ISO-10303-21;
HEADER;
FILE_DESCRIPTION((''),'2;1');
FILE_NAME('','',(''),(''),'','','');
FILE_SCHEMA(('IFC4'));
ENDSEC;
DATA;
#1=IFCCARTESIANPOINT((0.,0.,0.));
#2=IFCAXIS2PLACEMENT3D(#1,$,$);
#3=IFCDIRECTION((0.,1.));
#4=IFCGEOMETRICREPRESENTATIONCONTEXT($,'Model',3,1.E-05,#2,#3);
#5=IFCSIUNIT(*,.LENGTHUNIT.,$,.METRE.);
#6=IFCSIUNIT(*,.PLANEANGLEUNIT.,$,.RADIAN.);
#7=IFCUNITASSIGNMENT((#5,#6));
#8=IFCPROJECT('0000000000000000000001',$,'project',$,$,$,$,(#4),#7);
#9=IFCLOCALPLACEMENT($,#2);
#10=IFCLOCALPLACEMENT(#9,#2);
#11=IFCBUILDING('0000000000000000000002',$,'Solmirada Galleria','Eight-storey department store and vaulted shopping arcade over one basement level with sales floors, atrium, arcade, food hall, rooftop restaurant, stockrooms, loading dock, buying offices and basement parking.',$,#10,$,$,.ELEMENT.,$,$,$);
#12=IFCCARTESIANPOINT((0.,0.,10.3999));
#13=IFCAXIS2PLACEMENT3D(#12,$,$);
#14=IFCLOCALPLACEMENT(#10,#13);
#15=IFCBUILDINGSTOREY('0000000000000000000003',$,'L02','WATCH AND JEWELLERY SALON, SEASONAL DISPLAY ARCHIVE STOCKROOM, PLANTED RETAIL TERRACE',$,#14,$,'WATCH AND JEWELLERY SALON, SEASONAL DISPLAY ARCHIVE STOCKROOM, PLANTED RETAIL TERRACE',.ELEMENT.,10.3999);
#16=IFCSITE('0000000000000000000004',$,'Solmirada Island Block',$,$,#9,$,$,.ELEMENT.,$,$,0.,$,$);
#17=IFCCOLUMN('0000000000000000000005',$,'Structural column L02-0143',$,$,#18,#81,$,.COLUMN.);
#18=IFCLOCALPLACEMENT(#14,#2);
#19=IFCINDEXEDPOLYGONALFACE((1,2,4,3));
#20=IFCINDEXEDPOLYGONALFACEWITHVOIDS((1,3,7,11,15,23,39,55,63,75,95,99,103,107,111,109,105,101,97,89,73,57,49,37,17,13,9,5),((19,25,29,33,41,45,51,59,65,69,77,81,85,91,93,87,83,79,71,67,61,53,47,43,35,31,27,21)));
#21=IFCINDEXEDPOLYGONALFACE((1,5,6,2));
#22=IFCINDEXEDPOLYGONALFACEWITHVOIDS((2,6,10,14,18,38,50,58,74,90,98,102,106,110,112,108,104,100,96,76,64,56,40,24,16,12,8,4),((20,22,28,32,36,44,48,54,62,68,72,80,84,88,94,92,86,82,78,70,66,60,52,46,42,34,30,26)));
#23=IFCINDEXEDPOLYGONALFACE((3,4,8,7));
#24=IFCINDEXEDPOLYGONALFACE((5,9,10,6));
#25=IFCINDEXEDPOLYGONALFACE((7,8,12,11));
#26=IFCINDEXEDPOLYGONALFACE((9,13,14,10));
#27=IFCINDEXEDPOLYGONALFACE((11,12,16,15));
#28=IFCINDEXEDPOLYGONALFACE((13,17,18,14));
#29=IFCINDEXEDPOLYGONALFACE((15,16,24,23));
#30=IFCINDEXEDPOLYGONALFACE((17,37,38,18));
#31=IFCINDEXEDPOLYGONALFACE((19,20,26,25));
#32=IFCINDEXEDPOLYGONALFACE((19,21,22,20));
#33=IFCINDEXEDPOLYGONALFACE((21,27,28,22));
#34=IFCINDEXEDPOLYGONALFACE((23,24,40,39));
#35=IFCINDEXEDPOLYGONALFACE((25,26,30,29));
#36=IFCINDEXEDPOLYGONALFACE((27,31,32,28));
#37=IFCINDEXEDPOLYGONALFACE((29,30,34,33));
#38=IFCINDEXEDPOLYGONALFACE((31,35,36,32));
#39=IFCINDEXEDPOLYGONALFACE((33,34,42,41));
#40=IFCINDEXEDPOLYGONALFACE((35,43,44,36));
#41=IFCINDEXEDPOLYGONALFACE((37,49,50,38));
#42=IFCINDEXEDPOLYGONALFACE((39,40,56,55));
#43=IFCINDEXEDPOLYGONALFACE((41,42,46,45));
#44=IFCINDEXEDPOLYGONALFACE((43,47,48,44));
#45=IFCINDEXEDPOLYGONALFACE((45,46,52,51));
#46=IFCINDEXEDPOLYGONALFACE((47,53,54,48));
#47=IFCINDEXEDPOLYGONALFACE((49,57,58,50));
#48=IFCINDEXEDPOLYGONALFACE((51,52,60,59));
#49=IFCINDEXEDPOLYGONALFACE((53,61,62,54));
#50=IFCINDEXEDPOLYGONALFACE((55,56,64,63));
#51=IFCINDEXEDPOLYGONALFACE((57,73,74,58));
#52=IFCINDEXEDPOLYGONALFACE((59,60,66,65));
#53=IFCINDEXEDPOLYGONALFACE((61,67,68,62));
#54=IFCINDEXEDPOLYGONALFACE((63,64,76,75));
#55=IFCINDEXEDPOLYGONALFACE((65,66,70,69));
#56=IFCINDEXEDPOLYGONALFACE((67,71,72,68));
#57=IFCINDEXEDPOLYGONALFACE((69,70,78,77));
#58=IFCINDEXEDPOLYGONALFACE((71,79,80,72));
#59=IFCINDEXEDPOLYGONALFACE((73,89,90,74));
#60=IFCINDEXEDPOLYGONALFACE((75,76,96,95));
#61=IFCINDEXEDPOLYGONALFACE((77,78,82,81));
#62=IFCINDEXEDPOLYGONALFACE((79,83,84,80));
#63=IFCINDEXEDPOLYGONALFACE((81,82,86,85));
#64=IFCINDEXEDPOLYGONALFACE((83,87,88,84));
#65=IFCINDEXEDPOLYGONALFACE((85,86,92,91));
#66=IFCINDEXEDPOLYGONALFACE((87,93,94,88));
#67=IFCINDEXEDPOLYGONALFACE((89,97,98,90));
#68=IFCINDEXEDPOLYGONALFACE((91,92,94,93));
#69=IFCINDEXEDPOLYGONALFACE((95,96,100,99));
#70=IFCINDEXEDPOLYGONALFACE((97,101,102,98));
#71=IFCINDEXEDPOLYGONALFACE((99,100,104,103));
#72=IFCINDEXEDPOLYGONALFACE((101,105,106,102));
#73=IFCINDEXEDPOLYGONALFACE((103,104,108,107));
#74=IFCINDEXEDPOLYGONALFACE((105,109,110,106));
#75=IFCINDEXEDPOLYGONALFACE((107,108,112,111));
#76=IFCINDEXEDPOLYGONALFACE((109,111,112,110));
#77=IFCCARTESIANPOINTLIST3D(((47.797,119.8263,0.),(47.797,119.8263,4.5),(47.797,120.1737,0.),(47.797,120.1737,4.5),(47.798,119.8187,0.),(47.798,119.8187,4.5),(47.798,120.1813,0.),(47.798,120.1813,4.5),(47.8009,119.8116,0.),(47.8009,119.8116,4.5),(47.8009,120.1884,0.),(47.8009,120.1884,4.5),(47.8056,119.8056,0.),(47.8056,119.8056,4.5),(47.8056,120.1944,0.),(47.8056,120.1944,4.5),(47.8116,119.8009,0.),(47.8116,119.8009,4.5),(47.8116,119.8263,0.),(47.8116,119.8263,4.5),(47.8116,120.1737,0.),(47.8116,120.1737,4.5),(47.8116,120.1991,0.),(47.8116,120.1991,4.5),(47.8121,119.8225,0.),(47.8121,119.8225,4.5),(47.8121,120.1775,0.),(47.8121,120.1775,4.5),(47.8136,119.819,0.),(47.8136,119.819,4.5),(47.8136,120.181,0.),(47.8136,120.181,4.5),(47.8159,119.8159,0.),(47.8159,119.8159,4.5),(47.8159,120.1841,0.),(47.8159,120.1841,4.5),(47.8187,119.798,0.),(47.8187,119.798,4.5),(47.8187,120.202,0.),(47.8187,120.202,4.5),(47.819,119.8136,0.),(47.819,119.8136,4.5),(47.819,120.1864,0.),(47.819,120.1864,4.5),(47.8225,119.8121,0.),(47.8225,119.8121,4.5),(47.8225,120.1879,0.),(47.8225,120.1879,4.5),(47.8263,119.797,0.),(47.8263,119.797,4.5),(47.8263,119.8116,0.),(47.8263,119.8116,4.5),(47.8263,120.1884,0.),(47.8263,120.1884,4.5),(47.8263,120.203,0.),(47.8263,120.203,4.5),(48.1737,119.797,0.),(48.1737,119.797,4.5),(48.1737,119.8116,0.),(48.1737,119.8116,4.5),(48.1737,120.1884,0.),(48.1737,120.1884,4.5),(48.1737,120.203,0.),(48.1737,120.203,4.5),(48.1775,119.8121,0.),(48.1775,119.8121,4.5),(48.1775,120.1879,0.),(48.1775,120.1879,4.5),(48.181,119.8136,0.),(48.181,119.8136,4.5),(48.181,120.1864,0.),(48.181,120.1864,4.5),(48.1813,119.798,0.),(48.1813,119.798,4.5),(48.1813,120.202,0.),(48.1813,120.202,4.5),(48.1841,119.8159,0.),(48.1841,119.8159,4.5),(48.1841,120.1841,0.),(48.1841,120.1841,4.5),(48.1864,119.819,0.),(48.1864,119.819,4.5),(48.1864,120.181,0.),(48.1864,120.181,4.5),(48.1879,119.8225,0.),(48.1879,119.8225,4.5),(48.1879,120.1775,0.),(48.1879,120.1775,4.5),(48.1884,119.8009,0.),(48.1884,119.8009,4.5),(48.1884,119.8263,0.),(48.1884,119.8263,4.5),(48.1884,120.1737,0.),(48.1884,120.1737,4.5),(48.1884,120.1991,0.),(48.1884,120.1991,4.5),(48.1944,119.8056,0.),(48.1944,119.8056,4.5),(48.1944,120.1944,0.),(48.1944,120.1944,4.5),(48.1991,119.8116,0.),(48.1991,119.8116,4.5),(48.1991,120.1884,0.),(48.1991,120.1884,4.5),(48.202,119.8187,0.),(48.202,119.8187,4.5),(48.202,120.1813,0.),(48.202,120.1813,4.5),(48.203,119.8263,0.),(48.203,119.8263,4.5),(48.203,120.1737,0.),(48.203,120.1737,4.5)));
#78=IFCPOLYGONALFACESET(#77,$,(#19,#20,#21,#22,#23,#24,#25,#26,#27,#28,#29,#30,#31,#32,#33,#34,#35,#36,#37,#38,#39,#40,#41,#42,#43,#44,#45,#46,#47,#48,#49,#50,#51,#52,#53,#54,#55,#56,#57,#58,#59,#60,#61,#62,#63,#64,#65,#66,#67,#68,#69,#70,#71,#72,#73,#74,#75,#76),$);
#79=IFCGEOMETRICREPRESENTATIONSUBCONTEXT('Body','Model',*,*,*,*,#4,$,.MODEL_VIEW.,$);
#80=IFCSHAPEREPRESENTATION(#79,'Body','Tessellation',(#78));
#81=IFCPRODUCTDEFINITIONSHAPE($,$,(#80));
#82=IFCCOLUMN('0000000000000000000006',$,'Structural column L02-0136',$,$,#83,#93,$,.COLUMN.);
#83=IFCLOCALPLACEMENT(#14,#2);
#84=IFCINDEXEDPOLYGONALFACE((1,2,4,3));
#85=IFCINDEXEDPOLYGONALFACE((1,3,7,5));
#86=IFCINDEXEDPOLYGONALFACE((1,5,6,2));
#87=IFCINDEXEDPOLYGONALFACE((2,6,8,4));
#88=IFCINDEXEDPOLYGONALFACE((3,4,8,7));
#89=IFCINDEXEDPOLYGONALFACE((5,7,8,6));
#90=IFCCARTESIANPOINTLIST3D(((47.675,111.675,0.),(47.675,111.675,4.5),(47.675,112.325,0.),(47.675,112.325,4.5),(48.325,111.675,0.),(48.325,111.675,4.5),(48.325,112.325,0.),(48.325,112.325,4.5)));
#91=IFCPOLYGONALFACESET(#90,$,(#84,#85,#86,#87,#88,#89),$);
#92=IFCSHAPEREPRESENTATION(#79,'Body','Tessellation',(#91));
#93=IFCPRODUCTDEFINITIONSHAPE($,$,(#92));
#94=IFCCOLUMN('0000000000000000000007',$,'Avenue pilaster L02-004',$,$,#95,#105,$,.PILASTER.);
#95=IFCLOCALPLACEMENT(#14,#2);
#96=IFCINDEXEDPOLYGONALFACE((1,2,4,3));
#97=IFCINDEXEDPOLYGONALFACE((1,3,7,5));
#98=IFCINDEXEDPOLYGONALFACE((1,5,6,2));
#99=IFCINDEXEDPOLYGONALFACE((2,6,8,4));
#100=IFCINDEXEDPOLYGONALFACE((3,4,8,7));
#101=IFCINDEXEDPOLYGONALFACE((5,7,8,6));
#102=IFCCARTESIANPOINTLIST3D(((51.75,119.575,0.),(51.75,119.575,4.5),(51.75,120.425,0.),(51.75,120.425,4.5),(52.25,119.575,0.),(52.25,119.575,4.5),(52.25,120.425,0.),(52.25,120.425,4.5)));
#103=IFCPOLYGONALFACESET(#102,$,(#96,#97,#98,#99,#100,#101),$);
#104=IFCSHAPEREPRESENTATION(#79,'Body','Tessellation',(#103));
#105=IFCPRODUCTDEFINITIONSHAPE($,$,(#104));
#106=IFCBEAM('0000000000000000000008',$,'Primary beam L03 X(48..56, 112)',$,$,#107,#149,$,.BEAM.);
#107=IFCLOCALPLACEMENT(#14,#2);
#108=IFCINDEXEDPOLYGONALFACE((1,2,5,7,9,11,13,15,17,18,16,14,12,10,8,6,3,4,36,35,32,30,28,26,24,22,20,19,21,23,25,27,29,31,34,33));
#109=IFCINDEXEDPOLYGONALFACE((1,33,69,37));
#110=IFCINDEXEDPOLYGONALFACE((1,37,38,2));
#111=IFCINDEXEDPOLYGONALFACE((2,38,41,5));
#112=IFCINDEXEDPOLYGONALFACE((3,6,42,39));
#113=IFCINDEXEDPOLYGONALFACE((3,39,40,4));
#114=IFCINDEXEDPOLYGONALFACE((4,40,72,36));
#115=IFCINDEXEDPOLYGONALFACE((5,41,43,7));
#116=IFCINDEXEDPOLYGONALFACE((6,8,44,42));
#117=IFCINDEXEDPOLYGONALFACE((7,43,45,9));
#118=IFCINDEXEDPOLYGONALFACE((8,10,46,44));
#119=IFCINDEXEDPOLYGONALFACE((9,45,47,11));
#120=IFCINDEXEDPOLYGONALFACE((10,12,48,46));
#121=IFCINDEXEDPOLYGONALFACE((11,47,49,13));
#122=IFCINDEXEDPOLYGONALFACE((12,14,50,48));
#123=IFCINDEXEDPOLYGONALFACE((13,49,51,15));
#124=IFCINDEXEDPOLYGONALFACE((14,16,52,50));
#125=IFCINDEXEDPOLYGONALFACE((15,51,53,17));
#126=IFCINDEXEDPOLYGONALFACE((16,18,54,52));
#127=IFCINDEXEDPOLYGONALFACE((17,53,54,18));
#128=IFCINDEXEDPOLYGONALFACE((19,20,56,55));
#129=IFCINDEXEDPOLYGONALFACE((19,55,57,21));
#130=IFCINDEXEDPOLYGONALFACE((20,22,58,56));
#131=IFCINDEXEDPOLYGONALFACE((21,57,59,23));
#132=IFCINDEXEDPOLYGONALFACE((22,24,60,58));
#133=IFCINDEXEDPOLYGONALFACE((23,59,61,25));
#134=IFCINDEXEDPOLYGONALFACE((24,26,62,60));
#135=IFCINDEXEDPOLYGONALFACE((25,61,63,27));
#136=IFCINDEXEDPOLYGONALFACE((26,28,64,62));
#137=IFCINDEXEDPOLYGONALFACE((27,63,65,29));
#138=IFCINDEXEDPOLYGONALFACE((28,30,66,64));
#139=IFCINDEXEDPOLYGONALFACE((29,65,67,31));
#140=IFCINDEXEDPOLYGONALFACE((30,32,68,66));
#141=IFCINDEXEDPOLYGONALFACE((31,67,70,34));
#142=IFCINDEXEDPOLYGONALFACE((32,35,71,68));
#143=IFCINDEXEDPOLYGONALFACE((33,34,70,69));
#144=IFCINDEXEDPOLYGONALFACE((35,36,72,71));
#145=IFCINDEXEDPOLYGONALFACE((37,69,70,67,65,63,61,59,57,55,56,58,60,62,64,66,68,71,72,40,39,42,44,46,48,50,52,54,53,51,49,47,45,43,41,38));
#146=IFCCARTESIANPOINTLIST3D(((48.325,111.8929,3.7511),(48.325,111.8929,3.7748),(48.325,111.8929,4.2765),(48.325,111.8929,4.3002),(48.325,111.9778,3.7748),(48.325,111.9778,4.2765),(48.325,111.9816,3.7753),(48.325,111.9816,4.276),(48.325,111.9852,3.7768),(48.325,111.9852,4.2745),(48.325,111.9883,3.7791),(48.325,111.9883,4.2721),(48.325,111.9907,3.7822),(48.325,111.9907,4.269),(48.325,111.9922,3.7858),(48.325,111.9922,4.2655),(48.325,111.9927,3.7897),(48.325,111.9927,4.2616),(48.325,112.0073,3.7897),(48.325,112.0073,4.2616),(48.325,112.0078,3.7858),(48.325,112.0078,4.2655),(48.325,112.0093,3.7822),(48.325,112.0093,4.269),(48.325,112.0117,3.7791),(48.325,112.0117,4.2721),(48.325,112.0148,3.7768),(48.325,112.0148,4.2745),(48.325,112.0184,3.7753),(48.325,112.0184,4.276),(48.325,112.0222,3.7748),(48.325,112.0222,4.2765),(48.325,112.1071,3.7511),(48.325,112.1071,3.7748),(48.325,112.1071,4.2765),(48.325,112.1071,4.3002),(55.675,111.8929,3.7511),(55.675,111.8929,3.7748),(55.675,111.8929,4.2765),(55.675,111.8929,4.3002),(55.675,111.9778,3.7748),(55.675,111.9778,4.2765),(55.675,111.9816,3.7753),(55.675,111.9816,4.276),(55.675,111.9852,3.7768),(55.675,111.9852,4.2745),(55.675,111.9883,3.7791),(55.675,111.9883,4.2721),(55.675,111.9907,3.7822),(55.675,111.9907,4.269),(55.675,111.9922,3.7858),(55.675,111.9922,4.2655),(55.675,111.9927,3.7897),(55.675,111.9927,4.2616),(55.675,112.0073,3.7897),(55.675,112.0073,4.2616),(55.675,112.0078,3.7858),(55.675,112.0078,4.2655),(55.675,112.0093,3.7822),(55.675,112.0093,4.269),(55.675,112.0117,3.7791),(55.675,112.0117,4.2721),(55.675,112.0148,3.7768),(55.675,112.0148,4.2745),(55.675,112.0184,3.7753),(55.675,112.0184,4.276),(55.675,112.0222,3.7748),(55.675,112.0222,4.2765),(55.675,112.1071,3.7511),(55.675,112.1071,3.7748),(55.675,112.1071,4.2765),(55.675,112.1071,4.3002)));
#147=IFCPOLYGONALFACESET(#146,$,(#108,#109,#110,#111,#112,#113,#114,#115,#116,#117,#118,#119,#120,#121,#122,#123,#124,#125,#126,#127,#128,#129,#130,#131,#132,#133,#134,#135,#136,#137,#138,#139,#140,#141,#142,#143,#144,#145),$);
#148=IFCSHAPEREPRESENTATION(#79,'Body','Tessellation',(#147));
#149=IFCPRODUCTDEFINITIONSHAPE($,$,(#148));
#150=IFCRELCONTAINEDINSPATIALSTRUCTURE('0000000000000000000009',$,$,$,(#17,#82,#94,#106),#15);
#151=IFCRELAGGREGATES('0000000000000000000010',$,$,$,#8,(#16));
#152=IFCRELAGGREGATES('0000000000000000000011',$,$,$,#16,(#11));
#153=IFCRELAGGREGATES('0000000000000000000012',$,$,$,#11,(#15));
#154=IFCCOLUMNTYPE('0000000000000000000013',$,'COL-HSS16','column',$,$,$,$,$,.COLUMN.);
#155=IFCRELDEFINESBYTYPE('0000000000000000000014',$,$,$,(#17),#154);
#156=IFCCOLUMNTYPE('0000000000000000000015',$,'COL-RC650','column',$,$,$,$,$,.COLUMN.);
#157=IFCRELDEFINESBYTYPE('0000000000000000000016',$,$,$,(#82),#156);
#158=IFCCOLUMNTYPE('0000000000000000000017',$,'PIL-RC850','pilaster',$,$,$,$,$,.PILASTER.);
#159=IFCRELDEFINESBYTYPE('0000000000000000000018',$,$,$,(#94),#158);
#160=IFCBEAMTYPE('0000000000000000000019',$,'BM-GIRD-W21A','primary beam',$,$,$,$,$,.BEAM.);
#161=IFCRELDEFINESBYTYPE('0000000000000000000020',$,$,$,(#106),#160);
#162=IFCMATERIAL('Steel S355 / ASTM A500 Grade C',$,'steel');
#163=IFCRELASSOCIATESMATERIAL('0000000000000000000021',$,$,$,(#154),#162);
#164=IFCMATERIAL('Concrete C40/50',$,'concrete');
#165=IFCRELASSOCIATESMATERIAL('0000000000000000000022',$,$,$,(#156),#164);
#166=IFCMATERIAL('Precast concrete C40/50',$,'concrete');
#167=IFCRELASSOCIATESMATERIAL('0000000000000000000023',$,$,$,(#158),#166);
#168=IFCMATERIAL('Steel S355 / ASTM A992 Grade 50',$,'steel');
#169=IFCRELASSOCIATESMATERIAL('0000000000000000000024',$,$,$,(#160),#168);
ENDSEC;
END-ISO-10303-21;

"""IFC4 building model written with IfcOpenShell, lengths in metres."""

from ifc_helpers import new_model, si_unit, direction, frame, origin, origin_2d, place, context, subcontext, project, spatial, rectangle, hollow_rectangle, i_section, extrude, material, material_profile, profile_set, type_object, element, save


model = new_model("IFC4")

# Units and contexts
model_context = context("Model", 3, precision=1e-05, world=origin(), true_north=direction((0.0, 1.0)))
body_context = subcontext(model_context, "Body", "Model", "MODEL_VIEW")
ifc_project = project(units=[si_unit("LENGTHUNIT", "METRE"), si_unit("PLANEANGLEUNIT", "RADIAN")], contexts=[model_context])

# Site, building, storey
site_placement = place(None, origin())
site = spatial("IfcSite", under=ifc_project, at=site_placement, Name="Solmirada Island Block", CompositionType="ELEMENT", RefElevation=0.0)
building_placement = place(site_placement, origin())
building = spatial("IfcBuilding", under=site, at=building_placement, Name="Solmirada Galleria", Description="Eight-storey department store and vaulted shopping arcade over one basement level with sales floors, atrium, arcade, food hall, rooftop restaurant, stockrooms, loading dock, buying offices and basement parking.", CompositionType="ELEMENT")
storey_placement = place(building_placement, frame((0.0, 0.0, 10.3999)))
storey = spatial("IfcBuildingStorey", under=building, at=storey_placement, Name="L02", Description="WATCH AND JEWELLERY SALON, SEASONAL DISPLAY ARCHIVE STOCKROOM, PLANTED RETAIL TERRACE", LongName="WATCH AND JEWELLERY SALON, SEASONAL DISPLAY ARCHIVE STOCKROOM, PLANTED RETAIL TERRACE", CompositionType="ELEMENT", Elevation=10.3999)

# Columns
ifc_material_1 = material(Name="Steel S355 / ASTM A500 Grade C", Category="steel")
ifc_material_profile_1 = material_profile(ifc_material_1, hollow_rectangle(XDim=0.406, YDim=0.406, WallThickness=0.0146, InnerFilletRadius=0.0146, OuterFilletRadius=0.0293, at=origin_2d()), Name="HSS16X16X5/8")
ifc_profile_set_1 = profile_set([ifc_material_profile_1], Name="Steel S355 / ASTM A500 Grade C")
column_type_1 = type_object("IfcColumnType", Name="COL-HSS16", Description="column", PredefinedType="COLUMN", material=ifc_profile_set_1)
column_1_placement = place(storey_placement, frame((48.0, 120.0, 0.0), z_axis=(0.0, 0.0, 1.0), x_axis=(1.0, 0.0, 0.0)))
element("IfcColumn", 1, at=column_1_placement, inside=storey, type_object=column_type_1, Name="Structural column L02-0143", PredefinedType="COLUMN", context=body_context, shape_type="SweptSolid", body=[
    extrude(hollow_rectangle(XDim=0.406, YDim=0.406, WallThickness=0.0146, InnerFilletRadius=0.0146, OuterFilletRadius=0.0293, at=origin_2d()), origin(), (0.0, 0.0, 1.0), 4.5),
])
ifc_material_2 = material(Name="Concrete C40/50", Category="concrete")
ifc_material_profile_2 = material_profile(ifc_material_2, rectangle(XDim=0.6499, YDim=0.6499, at=origin_2d()), Name="RC650X650")
ifc_profile_set_2 = profile_set([ifc_material_profile_2], Name="Concrete C40/50")
column_type_2 = type_object("IfcColumnType", Name="COL-RC650", Description="column", PredefinedType="COLUMN", material=ifc_profile_set_2)
column_2_placement = place(storey_placement, frame((48.0, 112.0, 0.0), z_axis=(0.0, 0.0, 1.0), x_axis=(1.0, 0.0, 0.0)))
element("IfcColumn", 2, at=column_2_placement, inside=storey, type_object=column_type_2, Name="Structural column L02-0136", PredefinedType="COLUMN", context=body_context, shape_type="SweptSolid", body=[
    extrude(rectangle(XDim=0.6499, YDim=0.6499, at=origin_2d()), origin(), (0.0, 0.0, 1.0), 4.5),
])
ifc_material_3 = material(Name="Precast concrete C40/50", Category="concrete")
ifc_material_profile_3 = material_profile(ifc_material_3, rectangle(XDim=0.5, YDim=0.8501, at=origin_2d()), Name="RC850X500")
ifc_profile_set_3 = profile_set([ifc_material_profile_3], Name="Precast concrete C40/50")
column_type_3 = type_object("IfcColumnType", Name="PIL-RC850", Description="pilaster", PredefinedType="PILASTER", material=ifc_profile_set_3)
column_3_placement = place(storey_placement, frame((52.0, 120.0, 0.0), z_axis=(0.0, 0.0, 1.0), x_axis=(1.0, 0.0, 0.0)))
element("IfcColumn", 3, at=column_3_placement, inside=storey, type_object=column_type_3, Name="Avenue pilaster L02-004", PredefinedType="PILASTER", context=body_context, shape_type="SweptSolid", body=[
    extrude(rectangle(XDim=0.5, YDim=0.8501, at=origin_2d()), origin(), (0.0, 0.0, 1.0), 4.5),
])

# Beam
ifc_material_4 = material(Name="Steel S355 / ASTM A992 Grade 50", Category="steel")
ifc_material_profile_4 = material_profile(ifc_material_4, i_section(OverallWidth=0.2141, OverallDepth=0.5491, WebThickness=0.0146, FlangeThickness=0.0237, FilletRadius=0.0149, at=origin_2d()), Name="W21X93")
ifc_profile_set_4 = profile_set([ifc_material_profile_4], Name="Steel S355 / ASTM A992 Grade 50")
beam_type_1 = type_object("IfcBeamType", Name="BM-GIRD-W21A", Description="primary beam", PredefinedType="BEAM", material=ifc_profile_set_4)
beam_1_placement = place(storey_placement, frame((48.325, 112.0, 4.0256), z_axis=(1.0, 0.0, 0.0), x_axis=(0.0, 1.0, 0.0)))
element("IfcBeam", 4, at=beam_1_placement, inside=storey, type_object=beam_type_1, Name="Primary beam L03 X(48..56, 112)", PredefinedType="BEAM", context=body_context, shape_type="SweptSolid", body=[
    extrude(i_section(OverallWidth=0.2141, OverallDepth=0.5491, WebThickness=0.0146, FlangeThickness=0.0237, FilletRadius=0.0149, at=origin_2d()), origin(), (0.0, 0.0, 1.0), 7.3501),
])

save(model, "model.ifc")
